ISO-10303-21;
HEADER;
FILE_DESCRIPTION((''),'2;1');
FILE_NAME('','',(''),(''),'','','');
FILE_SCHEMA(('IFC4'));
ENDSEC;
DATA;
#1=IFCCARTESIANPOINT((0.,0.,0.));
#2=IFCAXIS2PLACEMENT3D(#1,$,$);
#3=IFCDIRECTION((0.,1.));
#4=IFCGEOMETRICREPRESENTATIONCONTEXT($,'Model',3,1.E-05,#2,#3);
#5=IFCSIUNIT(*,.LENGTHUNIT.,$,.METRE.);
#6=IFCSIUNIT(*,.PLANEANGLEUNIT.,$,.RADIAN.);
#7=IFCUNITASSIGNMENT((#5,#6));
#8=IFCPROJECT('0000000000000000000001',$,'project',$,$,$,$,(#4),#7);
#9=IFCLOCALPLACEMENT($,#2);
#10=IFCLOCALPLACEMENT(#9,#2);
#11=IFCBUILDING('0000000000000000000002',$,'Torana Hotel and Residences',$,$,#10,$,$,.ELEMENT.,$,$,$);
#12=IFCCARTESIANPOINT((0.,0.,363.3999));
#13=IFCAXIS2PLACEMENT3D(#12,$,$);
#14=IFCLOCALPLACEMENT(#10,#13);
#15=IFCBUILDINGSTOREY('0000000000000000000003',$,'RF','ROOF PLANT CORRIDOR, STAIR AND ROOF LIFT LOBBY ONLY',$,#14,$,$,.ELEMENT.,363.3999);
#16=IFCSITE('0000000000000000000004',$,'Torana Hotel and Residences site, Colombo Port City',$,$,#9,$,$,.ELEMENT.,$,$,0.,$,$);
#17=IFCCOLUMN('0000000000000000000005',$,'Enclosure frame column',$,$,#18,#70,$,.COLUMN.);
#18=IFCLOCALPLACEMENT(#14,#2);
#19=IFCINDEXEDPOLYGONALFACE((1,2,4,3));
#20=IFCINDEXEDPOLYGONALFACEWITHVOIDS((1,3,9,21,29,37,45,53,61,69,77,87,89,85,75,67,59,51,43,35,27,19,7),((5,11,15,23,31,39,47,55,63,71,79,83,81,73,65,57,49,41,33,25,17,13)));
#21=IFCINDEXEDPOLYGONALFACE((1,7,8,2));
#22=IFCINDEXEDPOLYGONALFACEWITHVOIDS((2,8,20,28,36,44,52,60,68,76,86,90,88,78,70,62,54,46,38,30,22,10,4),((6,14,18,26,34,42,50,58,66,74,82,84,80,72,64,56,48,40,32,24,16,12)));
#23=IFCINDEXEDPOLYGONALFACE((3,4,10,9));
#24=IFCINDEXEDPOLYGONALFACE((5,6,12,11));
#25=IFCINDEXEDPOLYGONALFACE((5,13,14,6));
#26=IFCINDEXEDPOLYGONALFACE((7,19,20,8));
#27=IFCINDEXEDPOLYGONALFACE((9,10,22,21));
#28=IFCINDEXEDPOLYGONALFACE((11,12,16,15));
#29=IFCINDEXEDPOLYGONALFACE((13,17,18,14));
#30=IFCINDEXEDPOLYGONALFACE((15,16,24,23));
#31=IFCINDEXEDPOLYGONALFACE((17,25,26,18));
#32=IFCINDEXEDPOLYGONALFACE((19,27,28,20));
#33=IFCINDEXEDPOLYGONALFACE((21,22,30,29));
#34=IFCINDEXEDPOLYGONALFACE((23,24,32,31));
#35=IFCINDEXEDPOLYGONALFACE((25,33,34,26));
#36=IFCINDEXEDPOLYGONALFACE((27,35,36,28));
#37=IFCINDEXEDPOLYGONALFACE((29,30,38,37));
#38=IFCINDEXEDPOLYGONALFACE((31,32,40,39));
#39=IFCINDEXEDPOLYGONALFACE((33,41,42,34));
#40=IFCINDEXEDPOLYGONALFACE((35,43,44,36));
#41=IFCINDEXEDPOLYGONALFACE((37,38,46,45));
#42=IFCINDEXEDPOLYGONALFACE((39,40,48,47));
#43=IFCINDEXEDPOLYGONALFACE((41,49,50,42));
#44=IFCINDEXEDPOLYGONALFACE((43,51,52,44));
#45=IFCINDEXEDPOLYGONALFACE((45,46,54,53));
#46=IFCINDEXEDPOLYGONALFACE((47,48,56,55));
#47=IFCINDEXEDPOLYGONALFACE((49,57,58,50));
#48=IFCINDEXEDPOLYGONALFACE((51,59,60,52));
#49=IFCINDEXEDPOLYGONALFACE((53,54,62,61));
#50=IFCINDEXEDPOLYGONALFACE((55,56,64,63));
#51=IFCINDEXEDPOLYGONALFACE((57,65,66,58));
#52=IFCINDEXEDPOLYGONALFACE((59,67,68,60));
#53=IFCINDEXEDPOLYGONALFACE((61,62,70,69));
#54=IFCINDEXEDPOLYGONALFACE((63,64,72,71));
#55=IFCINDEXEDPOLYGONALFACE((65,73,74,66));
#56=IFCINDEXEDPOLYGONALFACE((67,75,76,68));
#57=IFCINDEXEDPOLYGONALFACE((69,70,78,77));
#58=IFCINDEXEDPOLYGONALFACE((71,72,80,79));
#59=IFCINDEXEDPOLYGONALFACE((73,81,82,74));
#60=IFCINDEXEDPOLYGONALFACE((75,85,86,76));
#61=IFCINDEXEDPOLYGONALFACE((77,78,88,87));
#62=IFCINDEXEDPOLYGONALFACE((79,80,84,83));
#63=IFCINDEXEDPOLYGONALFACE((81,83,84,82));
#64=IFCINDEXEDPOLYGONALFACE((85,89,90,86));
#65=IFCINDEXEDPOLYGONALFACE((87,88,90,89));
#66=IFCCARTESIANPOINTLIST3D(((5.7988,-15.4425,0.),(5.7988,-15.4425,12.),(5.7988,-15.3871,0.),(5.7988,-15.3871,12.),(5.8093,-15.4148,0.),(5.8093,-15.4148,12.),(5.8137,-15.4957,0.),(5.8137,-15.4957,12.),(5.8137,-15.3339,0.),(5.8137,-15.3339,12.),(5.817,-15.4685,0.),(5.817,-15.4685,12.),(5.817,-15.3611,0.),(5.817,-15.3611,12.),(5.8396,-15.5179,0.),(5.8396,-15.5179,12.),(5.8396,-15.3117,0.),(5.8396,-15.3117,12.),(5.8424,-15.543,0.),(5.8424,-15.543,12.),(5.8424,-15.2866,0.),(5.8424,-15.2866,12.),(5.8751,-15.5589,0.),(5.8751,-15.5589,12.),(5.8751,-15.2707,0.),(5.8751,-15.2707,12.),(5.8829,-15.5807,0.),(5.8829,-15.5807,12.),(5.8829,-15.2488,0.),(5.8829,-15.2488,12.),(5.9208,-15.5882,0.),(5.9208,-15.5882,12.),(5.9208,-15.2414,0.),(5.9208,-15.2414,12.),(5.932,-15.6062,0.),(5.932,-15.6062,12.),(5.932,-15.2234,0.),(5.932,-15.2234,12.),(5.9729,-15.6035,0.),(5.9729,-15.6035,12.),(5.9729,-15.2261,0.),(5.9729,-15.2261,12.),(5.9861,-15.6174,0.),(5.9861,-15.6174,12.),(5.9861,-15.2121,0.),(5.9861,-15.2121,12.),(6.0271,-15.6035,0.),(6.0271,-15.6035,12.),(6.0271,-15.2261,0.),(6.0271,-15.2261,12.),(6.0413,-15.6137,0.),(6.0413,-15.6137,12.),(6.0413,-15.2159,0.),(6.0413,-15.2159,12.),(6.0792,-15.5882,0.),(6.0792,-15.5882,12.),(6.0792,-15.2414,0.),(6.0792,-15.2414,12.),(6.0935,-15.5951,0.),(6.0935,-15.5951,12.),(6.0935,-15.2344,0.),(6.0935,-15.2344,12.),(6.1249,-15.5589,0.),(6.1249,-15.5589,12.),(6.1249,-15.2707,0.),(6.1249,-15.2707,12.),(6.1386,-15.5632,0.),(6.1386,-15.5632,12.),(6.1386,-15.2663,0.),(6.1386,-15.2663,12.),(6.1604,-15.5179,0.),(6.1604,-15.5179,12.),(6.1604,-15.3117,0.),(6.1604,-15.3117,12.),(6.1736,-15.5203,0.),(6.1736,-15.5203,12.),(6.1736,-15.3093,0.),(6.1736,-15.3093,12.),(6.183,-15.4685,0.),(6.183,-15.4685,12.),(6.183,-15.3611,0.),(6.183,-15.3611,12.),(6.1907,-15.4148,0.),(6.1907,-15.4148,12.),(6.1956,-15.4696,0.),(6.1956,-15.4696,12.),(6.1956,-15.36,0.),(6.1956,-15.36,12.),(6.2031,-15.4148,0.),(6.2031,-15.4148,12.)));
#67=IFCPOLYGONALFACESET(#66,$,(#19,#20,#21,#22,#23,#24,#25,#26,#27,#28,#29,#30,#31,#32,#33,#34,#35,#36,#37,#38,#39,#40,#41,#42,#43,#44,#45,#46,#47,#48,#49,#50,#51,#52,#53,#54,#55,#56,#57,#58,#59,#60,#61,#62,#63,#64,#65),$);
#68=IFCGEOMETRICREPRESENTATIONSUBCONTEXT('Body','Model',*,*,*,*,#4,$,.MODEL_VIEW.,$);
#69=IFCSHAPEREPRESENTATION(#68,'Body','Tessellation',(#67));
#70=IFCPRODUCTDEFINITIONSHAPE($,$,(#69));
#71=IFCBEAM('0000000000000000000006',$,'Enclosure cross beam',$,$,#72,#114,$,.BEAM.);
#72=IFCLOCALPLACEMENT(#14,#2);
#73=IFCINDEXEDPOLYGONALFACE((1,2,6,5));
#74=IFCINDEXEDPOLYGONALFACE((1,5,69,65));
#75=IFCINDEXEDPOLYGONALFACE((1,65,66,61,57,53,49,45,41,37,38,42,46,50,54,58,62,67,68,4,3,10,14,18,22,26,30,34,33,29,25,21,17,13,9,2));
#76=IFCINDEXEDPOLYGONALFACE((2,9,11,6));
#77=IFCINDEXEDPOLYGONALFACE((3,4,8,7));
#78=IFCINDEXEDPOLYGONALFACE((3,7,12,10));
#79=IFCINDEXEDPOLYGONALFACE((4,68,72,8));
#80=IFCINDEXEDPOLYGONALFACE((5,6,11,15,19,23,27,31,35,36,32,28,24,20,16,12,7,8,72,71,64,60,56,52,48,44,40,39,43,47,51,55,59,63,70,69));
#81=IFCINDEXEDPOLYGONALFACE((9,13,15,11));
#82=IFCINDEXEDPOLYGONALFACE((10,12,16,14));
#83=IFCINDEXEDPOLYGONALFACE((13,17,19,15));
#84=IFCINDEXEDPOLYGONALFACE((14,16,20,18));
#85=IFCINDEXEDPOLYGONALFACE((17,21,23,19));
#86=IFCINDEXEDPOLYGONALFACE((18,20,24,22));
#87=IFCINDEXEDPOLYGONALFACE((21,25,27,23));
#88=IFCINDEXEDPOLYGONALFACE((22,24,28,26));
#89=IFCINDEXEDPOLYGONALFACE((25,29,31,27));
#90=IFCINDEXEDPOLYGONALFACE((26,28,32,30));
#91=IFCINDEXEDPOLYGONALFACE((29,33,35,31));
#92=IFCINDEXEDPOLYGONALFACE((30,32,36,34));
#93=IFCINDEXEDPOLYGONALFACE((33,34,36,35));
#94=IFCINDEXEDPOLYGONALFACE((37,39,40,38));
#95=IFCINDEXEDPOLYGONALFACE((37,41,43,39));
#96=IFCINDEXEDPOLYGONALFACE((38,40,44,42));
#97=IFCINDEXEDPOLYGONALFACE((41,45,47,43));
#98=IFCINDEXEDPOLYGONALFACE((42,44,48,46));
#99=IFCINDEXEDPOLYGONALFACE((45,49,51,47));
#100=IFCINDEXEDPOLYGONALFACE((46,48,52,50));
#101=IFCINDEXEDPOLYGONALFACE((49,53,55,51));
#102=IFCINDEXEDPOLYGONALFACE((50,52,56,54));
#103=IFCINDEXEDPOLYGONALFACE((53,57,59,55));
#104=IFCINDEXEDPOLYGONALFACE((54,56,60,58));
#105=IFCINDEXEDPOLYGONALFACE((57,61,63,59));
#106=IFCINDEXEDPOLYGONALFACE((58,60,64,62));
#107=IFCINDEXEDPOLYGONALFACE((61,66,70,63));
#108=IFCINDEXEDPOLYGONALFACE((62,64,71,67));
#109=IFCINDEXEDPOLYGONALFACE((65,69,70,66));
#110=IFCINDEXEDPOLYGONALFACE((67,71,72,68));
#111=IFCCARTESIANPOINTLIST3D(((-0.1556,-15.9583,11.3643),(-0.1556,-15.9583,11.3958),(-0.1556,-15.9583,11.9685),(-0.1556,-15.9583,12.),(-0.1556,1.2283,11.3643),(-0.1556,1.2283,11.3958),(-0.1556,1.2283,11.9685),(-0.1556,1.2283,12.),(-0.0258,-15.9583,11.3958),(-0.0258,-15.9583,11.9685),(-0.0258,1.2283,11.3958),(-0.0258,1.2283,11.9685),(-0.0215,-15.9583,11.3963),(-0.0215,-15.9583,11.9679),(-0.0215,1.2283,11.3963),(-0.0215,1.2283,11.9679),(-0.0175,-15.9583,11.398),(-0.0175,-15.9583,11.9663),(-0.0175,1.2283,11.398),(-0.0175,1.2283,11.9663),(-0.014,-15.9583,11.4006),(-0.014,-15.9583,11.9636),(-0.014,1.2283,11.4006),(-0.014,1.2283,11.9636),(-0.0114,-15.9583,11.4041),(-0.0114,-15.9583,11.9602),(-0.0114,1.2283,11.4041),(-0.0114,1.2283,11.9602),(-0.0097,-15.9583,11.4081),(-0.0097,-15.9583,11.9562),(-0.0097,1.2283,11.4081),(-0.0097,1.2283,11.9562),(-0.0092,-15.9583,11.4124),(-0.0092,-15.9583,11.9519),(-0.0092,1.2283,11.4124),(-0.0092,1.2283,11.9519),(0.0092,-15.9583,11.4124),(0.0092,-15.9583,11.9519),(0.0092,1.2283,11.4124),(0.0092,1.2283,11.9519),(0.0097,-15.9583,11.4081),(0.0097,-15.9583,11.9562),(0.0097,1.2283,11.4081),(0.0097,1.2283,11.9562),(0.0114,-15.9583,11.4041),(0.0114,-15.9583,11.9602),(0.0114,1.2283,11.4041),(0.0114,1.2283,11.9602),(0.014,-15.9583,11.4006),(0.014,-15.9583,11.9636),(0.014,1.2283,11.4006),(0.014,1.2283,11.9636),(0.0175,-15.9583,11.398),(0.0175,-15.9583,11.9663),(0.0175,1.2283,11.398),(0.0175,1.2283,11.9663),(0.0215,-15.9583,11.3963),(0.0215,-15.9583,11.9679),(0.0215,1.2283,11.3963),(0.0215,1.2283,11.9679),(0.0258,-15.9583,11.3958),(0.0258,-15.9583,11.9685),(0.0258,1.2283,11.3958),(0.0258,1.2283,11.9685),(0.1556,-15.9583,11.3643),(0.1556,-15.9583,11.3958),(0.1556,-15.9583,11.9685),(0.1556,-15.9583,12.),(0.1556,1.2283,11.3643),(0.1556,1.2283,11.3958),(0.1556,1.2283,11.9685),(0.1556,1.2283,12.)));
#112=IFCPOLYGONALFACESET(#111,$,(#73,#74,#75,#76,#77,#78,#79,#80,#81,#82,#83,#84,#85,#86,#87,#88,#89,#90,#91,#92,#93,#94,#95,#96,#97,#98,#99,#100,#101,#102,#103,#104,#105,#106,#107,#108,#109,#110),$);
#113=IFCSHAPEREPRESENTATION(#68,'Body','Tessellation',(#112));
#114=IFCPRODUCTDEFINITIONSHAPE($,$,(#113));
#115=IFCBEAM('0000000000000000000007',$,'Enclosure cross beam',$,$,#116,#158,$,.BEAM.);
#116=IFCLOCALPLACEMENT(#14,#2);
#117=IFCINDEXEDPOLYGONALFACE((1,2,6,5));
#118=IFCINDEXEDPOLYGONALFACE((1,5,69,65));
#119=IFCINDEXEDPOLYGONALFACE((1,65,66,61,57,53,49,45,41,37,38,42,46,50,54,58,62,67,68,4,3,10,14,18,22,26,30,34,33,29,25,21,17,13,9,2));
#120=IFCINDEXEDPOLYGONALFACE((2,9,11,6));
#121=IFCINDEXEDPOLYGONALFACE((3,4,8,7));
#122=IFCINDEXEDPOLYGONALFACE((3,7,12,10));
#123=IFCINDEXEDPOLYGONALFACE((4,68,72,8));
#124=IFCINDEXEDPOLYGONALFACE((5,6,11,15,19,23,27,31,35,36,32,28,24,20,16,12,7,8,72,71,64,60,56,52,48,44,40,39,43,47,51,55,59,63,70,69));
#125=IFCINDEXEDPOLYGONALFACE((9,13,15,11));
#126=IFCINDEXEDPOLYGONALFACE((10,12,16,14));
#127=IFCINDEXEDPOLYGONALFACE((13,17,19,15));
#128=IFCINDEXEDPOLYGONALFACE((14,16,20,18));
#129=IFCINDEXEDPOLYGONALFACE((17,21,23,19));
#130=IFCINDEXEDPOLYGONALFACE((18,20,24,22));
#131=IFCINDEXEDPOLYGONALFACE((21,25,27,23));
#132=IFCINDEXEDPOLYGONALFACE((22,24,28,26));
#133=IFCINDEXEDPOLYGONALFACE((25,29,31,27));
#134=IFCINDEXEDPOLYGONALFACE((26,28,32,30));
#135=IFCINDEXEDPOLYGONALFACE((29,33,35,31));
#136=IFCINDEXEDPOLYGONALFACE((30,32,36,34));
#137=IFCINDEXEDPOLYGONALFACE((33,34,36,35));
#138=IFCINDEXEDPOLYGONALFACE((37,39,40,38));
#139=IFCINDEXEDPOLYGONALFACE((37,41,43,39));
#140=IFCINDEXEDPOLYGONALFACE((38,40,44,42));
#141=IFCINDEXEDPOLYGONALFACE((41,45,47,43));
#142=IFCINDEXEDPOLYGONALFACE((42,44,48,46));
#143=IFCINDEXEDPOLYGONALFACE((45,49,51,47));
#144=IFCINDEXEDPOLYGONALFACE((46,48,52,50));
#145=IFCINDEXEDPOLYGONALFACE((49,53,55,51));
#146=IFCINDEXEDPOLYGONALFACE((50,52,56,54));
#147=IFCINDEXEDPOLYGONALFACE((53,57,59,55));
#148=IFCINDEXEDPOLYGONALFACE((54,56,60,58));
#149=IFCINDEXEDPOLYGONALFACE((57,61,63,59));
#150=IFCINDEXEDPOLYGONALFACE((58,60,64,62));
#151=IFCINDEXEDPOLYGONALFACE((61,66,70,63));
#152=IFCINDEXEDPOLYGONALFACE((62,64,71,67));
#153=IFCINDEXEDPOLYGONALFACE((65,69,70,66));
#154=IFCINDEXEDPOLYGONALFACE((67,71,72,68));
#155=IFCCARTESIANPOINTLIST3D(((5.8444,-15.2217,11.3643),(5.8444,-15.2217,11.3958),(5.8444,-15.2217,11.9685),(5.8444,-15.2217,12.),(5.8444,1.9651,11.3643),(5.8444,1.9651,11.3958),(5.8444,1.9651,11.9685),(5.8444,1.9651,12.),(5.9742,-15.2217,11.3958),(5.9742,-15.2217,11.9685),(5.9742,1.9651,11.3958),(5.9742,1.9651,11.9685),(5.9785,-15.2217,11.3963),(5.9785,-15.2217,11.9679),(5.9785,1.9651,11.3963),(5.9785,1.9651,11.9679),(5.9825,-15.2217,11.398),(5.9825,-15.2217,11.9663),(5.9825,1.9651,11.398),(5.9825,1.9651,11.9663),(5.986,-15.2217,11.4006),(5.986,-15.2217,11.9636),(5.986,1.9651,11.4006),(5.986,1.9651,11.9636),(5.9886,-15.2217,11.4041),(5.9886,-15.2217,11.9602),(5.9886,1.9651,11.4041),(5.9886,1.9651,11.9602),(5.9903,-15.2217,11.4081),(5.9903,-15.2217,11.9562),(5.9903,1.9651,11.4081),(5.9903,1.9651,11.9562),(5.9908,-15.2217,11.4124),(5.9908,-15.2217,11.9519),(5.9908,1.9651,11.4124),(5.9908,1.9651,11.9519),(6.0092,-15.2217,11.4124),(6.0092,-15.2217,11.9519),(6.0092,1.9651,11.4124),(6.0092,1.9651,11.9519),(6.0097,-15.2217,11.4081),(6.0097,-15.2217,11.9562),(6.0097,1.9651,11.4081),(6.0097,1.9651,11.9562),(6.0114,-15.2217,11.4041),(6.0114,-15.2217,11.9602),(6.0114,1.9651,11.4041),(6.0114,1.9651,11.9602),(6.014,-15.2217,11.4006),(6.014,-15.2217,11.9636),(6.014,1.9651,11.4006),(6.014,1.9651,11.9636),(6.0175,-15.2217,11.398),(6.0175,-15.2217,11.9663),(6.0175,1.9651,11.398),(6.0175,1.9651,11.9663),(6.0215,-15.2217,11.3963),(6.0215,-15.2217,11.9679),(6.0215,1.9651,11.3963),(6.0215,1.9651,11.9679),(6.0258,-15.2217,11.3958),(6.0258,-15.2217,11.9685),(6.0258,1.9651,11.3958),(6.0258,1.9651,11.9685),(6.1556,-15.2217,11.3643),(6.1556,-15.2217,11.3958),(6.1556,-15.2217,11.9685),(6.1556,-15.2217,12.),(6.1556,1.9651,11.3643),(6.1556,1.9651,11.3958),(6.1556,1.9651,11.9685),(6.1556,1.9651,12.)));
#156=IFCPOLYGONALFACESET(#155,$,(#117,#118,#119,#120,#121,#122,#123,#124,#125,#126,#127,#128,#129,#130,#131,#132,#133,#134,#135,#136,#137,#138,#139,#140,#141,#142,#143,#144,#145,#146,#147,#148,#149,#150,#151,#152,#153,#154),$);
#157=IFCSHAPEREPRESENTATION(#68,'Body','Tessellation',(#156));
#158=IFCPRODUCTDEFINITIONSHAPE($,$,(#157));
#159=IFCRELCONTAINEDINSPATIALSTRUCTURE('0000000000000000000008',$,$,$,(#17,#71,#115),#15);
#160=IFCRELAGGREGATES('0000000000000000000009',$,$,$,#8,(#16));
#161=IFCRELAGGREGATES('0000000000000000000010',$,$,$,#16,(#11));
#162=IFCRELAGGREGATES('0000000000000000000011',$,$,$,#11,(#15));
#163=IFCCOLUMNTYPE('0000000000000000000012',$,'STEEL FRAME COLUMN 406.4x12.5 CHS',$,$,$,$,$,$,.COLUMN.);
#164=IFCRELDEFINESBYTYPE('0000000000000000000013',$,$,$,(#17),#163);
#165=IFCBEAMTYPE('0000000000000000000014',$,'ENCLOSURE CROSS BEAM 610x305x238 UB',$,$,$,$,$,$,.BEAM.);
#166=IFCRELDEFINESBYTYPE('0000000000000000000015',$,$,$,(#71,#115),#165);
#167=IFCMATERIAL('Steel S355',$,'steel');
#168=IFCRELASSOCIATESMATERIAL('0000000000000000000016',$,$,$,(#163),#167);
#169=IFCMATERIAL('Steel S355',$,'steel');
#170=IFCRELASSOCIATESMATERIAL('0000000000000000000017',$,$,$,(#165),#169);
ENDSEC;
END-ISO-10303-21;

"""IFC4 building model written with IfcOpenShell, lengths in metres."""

from ifc_helpers import new_model, si_unit, direction, frame, origin, origin_2d, place, context, subcontext, project, spatial, hollow_circle, i_section, extrude, material, material_profile, profile_set, type_object, element, save


model = new_model("IFC4")

# Units and contexts
model_context = context("Model", 3, precision=1e-05, world=origin(), true_north=direction((0.0, 1.0)))
body_context = subcontext(model_context, "Body", "Model", "MODEL_VIEW")
ifc_project = project(units=[si_unit("LENGTHUNIT", "METRE"), si_unit("PLANEANGLEUNIT", "RADIAN")], contexts=[model_context])

# Site, building, storey
site_placement = place(None, origin())
site = spatial("IfcSite", under=ifc_project, at=site_placement, Name="Torana Hotel and Residences site, Colombo Port City", CompositionType="ELEMENT", RefElevation=0.0)
building_placement = place(site_placement, origin())
building = spatial("IfcBuilding", under=site, at=building_placement, Name="Torana Hotel and Residences", CompositionType="ELEMENT")
storey_placement = place(building_placement, frame((0.0, 0.0, 363.3999)))
storey = spatial("IfcBuildingStorey", under=building, at=storey_placement, Name="RF", Description="ROOF PLANT CORRIDOR, STAIR AND ROOF LIFT LOBBY ONLY", CompositionType="ELEMENT", Elevation=363.3999)

# Column
ifc_material_1 = material(Name="Steel S355", Category="steel")
ifc_material_profile_1 = material_profile(ifc_material_1, hollow_circle(Radius=0.2031, WallThickness=0.0125, at=origin_2d()), Name="406.4x12.5 CHS")
ifc_profile_set_1 = profile_set([ifc_material_profile_1], Name="Steel S355")
column_type = type_object("IfcColumnType", Name="STEEL FRAME COLUMN 406.4x12.5 CHS", PredefinedType="COLUMN", material=ifc_profile_set_1)
column_placement = place(storey_placement, frame((6.0, -15.4148, 0.0), z_axis=(0.0, 0.0, 1.0), x_axis=(1.0, 0.0, 0.0)))
element("IfcColumn", 1, at=column_placement, inside=storey, type_object=column_type, Name="Enclosure frame column", PredefinedType="COLUMN", context=body_context, shape_type="SweptSolid", body=[
    extrude(hollow_circle(Radius=0.2031, WallThickness=0.0125, at=origin_2d()), origin(), (0.0, 0.0, 1.0), 12.0),
])

# Beams
ifc_material_2 = material(Name="Steel S355", Category="steel")
ifc_material_profile_2 = material_profile(ifc_material_2, i_section(OverallWidth=0.3113, OverallDepth=0.6357, WebThickness=0.0183, FlangeThickness=0.0315, FilletRadius=0.0166, at=origin_2d()), Name="610x305x238 UB")
ifc_profile_set_2 = profile_set([ifc_material_profile_2], Name="Steel S355")
beam_type_1 = type_object("IfcBeamType", Name="ENCLOSURE CROSS BEAM 610x305x238 UB", PredefinedType="BEAM", material=ifc_profile_set_2)
beam_1_placement = place(storey_placement, frame((0.0, -15.9583, 11.6821), z_axis=(0.0, 1.0, 0.0), x_axis=(-1.0, 0.0, 0.0)))
element("IfcBeam", 2, at=beam_1_placement, inside=storey, type_object=beam_type_1, Name="Enclosure cross beam", PredefinedType="BEAM", context=body_context, shape_type="SweptSolid", body=[
    extrude(i_section(OverallWidth=0.3113, OverallDepth=0.6357, WebThickness=0.0183, FlangeThickness=0.0315, FilletRadius=0.0166, at=origin_2d()), origin(), (0.0, 0.0, 1.0), 17.1865),
])
beam_2_placement = place(storey_placement, frame((6.0, -15.2217, 11.6821), z_axis=(0.0, 1.0, 0.0), x_axis=(-1.0, 0.0, 0.0)))
element("IfcBeam", 3, at=beam_2_placement, inside=storey, type_object=beam_type_1, Name="Enclosure cross beam", PredefinedType="BEAM", context=body_context, shape_type="SweptSolid", body=[
    extrude(i_section(OverallWidth=0.3113, OverallDepth=0.6357, WebThickness=0.0183, FlangeThickness=0.0315, FilletRadius=0.0166, at=origin_2d()), origin(), (0.0, 0.0, 1.0), 17.1868),
])

save(model, "model.ifc")
